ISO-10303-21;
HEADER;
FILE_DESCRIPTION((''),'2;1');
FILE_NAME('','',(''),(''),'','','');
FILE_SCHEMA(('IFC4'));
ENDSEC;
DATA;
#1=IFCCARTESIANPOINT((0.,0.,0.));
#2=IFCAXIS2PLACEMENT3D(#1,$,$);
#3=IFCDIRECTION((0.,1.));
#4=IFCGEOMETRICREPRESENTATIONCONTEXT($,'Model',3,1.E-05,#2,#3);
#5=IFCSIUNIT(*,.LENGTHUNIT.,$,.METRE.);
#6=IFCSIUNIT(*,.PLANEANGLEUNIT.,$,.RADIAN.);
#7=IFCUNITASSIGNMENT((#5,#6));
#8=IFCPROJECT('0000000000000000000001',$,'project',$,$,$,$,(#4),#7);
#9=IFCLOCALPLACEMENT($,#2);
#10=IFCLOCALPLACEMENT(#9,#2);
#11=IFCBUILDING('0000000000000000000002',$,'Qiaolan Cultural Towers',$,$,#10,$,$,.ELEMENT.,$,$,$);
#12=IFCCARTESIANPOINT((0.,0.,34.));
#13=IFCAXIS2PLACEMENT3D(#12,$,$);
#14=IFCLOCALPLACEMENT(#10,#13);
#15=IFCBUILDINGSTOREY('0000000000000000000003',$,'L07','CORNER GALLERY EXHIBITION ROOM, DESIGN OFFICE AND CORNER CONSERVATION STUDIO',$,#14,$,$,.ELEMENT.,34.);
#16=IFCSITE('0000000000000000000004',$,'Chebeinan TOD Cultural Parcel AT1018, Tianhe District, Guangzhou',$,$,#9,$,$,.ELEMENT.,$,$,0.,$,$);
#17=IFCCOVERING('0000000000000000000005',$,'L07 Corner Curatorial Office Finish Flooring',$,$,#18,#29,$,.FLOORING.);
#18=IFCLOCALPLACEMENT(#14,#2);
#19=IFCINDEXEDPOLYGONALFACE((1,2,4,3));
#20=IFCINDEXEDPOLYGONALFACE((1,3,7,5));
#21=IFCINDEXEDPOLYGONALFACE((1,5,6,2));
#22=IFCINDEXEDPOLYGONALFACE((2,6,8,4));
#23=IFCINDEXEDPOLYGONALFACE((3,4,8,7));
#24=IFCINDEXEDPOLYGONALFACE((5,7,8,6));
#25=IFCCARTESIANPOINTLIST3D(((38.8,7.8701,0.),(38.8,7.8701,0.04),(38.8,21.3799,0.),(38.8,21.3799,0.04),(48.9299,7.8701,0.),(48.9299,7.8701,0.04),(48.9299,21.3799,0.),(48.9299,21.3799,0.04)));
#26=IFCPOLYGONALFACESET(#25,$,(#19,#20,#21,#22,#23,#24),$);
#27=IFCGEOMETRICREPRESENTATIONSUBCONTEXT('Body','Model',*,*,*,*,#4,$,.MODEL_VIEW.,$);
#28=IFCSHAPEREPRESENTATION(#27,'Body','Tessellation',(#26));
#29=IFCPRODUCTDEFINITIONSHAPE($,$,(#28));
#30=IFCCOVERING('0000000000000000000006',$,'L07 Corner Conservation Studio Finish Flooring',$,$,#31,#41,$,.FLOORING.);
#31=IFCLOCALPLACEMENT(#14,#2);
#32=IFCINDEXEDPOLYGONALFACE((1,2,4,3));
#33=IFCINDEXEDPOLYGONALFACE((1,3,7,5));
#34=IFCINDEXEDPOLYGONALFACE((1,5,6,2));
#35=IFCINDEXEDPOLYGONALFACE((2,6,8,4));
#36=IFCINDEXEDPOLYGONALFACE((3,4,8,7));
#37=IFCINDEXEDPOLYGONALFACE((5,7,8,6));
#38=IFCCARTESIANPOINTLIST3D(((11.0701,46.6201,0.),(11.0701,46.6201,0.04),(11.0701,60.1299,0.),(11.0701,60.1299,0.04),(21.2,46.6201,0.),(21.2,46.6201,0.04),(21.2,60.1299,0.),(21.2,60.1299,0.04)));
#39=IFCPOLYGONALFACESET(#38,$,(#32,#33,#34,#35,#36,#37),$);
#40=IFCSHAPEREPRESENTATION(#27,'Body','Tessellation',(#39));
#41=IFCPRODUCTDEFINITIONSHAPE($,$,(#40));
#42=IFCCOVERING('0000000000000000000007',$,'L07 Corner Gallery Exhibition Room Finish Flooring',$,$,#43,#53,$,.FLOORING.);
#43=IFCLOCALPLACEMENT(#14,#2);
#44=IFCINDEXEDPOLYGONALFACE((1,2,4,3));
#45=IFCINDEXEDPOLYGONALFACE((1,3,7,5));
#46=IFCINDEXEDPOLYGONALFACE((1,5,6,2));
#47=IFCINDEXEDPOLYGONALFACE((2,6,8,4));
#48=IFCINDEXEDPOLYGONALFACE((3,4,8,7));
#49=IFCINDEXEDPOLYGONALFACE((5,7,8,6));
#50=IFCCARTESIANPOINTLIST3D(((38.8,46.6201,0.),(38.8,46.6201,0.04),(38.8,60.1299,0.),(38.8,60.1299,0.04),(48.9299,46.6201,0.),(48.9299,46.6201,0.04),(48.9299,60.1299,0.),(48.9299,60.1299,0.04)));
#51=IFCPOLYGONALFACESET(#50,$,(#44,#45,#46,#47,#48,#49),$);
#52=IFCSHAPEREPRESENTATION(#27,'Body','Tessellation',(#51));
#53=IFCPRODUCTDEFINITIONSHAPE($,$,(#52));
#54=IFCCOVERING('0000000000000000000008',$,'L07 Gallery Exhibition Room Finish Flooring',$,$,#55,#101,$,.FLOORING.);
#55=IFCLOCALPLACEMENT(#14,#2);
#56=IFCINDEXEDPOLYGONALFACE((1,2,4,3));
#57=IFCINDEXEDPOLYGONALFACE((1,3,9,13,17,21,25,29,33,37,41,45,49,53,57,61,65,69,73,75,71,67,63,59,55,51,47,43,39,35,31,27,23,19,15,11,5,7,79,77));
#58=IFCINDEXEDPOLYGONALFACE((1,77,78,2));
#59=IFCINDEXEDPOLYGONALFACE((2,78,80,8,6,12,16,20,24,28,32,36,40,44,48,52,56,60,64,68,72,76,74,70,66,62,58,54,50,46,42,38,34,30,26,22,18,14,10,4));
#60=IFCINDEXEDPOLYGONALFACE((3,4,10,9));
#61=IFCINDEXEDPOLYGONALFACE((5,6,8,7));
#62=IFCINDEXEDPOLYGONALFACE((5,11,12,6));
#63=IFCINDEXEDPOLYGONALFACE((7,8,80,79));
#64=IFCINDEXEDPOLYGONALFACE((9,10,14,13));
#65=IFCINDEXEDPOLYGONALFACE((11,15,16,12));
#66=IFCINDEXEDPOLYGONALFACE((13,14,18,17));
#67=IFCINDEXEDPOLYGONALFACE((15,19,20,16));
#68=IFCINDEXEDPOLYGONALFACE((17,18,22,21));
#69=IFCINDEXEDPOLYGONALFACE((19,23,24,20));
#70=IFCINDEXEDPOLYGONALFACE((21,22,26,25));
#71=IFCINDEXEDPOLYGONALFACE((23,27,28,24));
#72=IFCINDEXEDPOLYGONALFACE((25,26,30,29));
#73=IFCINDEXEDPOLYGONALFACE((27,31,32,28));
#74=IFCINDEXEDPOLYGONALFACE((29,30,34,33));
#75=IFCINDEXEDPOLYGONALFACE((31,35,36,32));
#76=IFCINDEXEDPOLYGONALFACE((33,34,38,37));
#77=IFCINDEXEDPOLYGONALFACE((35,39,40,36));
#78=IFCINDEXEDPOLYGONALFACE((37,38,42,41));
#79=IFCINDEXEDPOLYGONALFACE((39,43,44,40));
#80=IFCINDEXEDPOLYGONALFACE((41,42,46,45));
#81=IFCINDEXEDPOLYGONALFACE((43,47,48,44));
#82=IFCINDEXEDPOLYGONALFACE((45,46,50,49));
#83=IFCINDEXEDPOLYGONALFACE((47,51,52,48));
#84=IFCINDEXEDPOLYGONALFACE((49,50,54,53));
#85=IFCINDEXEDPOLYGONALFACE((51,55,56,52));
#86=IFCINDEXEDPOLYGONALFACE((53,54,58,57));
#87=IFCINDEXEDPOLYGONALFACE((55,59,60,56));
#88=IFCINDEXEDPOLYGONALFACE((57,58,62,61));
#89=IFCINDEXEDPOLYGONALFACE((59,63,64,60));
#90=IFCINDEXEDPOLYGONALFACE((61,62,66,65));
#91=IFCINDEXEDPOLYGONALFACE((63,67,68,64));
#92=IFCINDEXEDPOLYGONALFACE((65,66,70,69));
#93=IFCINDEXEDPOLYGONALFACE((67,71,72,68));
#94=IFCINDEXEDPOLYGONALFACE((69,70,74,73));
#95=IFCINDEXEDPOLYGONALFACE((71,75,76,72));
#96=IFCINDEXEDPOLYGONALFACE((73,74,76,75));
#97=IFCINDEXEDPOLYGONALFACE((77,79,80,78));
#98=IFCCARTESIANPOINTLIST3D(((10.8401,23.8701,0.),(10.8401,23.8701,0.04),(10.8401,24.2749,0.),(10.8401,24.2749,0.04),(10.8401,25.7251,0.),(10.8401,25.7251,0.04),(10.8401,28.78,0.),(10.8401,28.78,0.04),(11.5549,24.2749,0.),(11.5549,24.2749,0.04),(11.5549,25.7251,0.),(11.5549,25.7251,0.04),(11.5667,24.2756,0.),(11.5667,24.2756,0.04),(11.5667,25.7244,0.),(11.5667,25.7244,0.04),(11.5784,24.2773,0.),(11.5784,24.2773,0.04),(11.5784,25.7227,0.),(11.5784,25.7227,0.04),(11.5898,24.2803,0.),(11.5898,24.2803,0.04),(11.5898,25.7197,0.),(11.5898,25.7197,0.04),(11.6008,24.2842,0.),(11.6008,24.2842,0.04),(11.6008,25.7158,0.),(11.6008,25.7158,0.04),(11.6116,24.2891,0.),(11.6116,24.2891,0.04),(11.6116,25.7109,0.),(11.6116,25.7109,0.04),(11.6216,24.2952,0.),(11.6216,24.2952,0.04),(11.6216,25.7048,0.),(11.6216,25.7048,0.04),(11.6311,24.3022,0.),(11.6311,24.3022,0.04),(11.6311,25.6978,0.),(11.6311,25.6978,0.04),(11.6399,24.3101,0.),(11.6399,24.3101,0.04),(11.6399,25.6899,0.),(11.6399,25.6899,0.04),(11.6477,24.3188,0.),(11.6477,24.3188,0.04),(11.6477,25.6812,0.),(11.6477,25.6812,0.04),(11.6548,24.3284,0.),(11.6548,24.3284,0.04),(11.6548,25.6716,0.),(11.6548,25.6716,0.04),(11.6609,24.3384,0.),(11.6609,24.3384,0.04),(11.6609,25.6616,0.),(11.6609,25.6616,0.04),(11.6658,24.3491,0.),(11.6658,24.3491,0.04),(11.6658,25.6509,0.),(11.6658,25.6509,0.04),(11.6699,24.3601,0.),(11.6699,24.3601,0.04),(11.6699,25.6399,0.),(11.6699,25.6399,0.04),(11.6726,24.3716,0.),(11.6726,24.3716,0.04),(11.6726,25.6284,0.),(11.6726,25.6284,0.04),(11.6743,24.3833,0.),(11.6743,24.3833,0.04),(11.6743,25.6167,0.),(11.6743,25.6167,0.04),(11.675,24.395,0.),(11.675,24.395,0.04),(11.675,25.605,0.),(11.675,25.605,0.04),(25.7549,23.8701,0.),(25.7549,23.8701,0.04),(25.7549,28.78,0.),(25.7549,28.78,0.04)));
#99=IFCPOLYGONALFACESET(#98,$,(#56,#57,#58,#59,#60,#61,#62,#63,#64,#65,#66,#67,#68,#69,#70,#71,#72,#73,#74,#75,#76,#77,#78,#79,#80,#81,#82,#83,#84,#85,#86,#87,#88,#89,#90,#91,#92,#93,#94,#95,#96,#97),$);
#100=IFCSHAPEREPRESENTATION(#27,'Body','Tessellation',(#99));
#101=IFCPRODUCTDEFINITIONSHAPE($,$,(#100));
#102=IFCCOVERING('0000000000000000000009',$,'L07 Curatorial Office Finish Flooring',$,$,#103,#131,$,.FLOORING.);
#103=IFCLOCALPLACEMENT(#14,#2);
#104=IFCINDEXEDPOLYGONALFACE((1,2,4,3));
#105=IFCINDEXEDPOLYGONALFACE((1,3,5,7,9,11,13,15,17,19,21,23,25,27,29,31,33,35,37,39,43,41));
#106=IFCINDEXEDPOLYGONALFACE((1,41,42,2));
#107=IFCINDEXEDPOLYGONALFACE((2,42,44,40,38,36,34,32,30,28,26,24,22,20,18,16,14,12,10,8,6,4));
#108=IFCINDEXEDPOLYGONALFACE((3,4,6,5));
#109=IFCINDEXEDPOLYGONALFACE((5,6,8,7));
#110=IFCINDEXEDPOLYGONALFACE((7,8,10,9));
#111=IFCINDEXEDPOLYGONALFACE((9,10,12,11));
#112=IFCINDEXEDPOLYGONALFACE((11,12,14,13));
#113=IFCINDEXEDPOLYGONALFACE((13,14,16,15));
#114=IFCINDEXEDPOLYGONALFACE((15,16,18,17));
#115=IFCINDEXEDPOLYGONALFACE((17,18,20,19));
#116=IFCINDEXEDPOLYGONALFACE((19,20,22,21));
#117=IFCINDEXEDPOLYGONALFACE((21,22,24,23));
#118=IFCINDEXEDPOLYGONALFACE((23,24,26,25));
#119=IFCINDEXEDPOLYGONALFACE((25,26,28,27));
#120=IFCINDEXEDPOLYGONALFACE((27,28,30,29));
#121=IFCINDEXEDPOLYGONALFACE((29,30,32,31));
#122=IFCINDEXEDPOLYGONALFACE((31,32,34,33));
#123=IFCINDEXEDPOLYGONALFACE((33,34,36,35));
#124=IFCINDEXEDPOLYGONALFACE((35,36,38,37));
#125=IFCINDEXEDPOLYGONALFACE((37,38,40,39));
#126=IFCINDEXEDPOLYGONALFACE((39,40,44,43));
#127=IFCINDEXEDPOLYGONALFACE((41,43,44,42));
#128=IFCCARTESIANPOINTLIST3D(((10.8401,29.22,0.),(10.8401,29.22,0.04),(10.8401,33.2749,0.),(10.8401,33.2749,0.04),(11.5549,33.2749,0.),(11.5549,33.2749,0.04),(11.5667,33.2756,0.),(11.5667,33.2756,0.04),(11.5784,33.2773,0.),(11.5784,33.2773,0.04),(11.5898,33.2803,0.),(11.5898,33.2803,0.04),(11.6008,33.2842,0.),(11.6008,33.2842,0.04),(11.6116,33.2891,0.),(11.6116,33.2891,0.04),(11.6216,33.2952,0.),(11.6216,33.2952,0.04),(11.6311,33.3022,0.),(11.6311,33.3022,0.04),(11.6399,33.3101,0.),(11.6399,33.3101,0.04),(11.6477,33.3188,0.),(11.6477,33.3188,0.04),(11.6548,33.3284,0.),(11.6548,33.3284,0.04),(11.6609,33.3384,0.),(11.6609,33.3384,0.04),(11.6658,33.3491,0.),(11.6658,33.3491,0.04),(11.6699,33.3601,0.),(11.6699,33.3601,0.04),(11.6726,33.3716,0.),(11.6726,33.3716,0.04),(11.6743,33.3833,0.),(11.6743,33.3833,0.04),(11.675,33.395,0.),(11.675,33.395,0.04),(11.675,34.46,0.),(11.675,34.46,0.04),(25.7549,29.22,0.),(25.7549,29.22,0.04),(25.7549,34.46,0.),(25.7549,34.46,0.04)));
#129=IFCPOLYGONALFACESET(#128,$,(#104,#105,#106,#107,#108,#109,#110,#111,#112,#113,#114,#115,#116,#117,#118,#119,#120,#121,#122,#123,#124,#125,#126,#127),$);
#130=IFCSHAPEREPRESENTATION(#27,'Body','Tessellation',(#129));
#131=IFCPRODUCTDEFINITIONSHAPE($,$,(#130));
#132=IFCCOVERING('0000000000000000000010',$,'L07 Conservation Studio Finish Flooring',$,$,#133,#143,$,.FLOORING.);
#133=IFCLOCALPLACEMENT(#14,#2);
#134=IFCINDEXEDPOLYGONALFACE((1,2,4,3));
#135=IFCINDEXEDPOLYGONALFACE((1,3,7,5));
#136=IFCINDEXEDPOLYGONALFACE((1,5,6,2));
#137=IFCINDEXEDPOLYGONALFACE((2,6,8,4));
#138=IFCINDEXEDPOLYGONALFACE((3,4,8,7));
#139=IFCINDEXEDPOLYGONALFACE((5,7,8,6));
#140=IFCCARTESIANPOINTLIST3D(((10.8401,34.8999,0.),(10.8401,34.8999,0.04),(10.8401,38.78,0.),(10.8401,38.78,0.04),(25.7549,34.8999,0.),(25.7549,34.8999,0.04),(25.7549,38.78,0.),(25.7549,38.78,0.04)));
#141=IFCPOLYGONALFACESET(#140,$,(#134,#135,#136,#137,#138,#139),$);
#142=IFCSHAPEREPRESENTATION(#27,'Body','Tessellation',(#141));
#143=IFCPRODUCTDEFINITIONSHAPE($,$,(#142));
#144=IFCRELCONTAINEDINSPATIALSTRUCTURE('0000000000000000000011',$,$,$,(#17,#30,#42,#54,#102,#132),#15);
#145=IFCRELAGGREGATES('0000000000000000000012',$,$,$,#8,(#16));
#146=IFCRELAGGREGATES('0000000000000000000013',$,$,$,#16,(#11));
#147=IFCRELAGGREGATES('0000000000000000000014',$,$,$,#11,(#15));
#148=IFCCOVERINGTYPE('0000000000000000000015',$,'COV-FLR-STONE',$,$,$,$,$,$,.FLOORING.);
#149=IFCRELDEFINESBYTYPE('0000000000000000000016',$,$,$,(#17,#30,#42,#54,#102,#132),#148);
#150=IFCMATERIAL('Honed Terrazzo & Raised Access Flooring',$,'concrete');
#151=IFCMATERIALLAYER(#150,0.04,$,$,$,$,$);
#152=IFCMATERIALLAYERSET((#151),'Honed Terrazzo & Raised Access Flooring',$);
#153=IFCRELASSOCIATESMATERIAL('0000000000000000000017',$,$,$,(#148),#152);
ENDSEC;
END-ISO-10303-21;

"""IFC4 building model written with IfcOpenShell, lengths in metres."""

from ifc_helpers import new_model, si_unit, direction, frame, origin, place, context, subcontext, project, spatial, polyline, outline, extrude, material, layer, layer_set, type_object, element, save


model = new_model("IFC4")

# Units and contexts
model_context = context("Model", 3, precision=1e-05, world=origin(), true_north=direction((0.0, 1.0)))
body_context = subcontext(model_context, "Body", "Model", "MODEL_VIEW")
ifc_project = project(units=[si_unit("LENGTHUNIT", "METRE"), si_unit("PLANEANGLEUNIT", "RADIAN")], contexts=[model_context])

# Site, building, storey
site_placement = place(None, origin())
site = spatial("IfcSite", under=ifc_project, at=site_placement, Name="Chebeinan TOD Cultural Parcel AT1018, Tianhe District, Guangzhou", CompositionType="ELEMENT", RefElevation=0.0)
building_placement = place(site_placement, origin())
building = spatial("IfcBuilding", under=site, at=building_placement, Name="Qiaolan Cultural Towers", CompositionType="ELEMENT")
storey_placement = place(building_placement, frame((0.0, 0.0, 34.0)))
storey = spatial("IfcBuildingStorey", under=building, at=storey_placement, Name="L07", Description="CORNER GALLERY EXHIBITION ROOM, DESIGN OFFICE AND CORNER CONSERVATION STUDIO", CompositionType="ELEMENT", Elevation=34.0)

# Coverings
ifc_material_1 = material(Name="Honed Terrazzo & Raised Access Flooring", Category="concrete")
ifc_layer_1 = layer(ifc_material_1, 0.04)
ifc_layer_set_1 = layer_set([ifc_layer_1], Name="Honed Terrazzo & Raised Access Flooring")
covering_type = type_object("IfcCoveringType", Name="COV-FLR-STONE", PredefinedType="FLOORING", material=ifc_layer_set_1)
covering_1_placement = place(storey_placement, origin())
element("IfcCovering", 1, at=covering_1_placement, inside=storey, type_object=covering_type, Name="L07 Corner Curatorial Office Finish Flooring", PredefinedType="FLOORING", context=body_context, shape_type="SweptSolid", body=[
    extrude(outline(polyline([(48.9299, 7.8701), (48.9299, 21.3799), (38.8, 21.3799), (38.8, 7.8701), (48.9299, 7.8701)])), origin(), (0.0, 0.0, 1.0), 0.04),
])
covering_2_placement = place(storey_placement, origin())
element("IfcCovering", 2, at=covering_2_placement, inside=storey, type_object=covering_type, Name="L07 Corner Conservation Studio Finish Flooring", PredefinedType="FLOORING", context=body_context, shape_type="SweptSolid", body=[
    extrude(outline(polyline([(21.2, 46.6201), (21.2, 60.1299), (11.0701, 60.1299), (11.0701, 46.6201), (21.2, 46.6201)])), origin(), (0.0, 0.0, 1.0), 0.04),
])
covering_3_placement = place(storey_placement, origin())
element("IfcCovering", 3, at=covering_3_placement, inside=storey, type_object=covering_type, Name="L07 Corner Gallery Exhibition Room Finish Flooring", PredefinedType="FLOORING", context=body_context, shape_type="SweptSolid", body=[
    extrude(outline(polyline([(48.9299, 46.6201), (48.9299, 60.1299), (38.8, 60.1299), (38.8, 46.6201), (48.9299, 46.6201)])), origin(), (0.0, 0.0, 1.0), 0.04),
])
covering_4_placement = place(storey_placement, origin())
element("IfcCovering", 4, at=covering_4_placement, inside=storey, type_object=covering_type, Name="L07 Gallery Exhibition Room Finish Flooring", PredefinedType="FLOORING", context=body_context, shape_type="SweptSolid", body=[
    extrude(outline(polyline([(10.8401, 25.7251), (11.5549, 25.7251), (11.5667, 25.7244), (11.5784, 25.7227), (11.5898, 25.7197), (11.6008, 25.7158), (11.6116, 25.7109), (11.6216, 25.7048), (11.6311, 25.6978), (11.6399, 25.6899), (11.6477, 25.6812), (11.6548, 25.6716), (11.6609, 25.6616), (11.6658, 25.6509), (11.6699, 25.6399), (11.6726, 25.6284), (11.6743, 25.6167), (11.675, 25.605), (11.675, 24.395), (11.6743, 24.3833), (11.6726, 24.3716), (11.6699, 24.3601), (11.6658, 24.3491), (11.6609, 24.3384), (11.6548, 24.3284), (11.6477, 24.3188), (11.6399, 24.3101), (11.6311, 24.3022), (11.6216, 24.2952), (11.6116, 24.2891), (11.6008, 24.2842), (11.5898, 24.2803), (11.5784, 24.2773), (11.5667, 24.2756), (11.5549, 24.2749), (10.8401, 24.2749), (10.8401, 23.8701), (25.7549, 23.8701), (25.7549, 28.78), (10.8401, 28.78), (10.8401, 25.7251)])), origin(), (0.0, 0.0, 1.0), 0.04),
])
covering_5_placement = place(storey_placement, origin())
element("IfcCovering", 5, at=covering_5_placement, inside=storey, type_object=covering_type, Name="L07 Curatorial Office Finish Flooring", PredefinedType="FLOORING", context=body_context, shape_type="SweptSolid", body=[
    extrude(outline(polyline([(11.675, 34.46), (11.675, 33.395), (11.6743, 33.3833), (11.6726, 33.3716), (11.6699, 33.3601), (11.6658, 33.3491), (11.6609, 33.3384), (11.6548, 33.3284), (11.6477, 33.3188), (11.6399, 33.3101), (11.6311, 33.3022), (11.6216, 33.2952), (11.6116, 33.2891), (11.6008, 33.2842), (11.5898, 33.2803), (11.5784, 33.2773), (11.5667, 33.2756), (11.5549, 33.2749), (10.8401, 33.2749), (10.8401, 29.22), (25.7549, 29.22), (25.7549, 34.46), (11.675, 34.46)])), origin(), (0.0, 0.0, 1.0), 0.04),
])
covering_6_placement = place(storey_placement, origin())
element("IfcCovering", 6, at=covering_6_placement, inside=storey, type_object=covering_type, Name="L07 Conservation Studio Finish Flooring", PredefinedType="FLOORING", context=body_context, shape_type="SweptSolid", body=[
    extrude(outline(polyline([(25.7549, 34.8999), (25.7549, 38.78), (10.8401, 38.78), (10.8401, 34.8999), (25.7549, 34.8999)])), origin(), (0.0, 0.0, 1.0), 0.04),
])

save(model, "model.ifc")
